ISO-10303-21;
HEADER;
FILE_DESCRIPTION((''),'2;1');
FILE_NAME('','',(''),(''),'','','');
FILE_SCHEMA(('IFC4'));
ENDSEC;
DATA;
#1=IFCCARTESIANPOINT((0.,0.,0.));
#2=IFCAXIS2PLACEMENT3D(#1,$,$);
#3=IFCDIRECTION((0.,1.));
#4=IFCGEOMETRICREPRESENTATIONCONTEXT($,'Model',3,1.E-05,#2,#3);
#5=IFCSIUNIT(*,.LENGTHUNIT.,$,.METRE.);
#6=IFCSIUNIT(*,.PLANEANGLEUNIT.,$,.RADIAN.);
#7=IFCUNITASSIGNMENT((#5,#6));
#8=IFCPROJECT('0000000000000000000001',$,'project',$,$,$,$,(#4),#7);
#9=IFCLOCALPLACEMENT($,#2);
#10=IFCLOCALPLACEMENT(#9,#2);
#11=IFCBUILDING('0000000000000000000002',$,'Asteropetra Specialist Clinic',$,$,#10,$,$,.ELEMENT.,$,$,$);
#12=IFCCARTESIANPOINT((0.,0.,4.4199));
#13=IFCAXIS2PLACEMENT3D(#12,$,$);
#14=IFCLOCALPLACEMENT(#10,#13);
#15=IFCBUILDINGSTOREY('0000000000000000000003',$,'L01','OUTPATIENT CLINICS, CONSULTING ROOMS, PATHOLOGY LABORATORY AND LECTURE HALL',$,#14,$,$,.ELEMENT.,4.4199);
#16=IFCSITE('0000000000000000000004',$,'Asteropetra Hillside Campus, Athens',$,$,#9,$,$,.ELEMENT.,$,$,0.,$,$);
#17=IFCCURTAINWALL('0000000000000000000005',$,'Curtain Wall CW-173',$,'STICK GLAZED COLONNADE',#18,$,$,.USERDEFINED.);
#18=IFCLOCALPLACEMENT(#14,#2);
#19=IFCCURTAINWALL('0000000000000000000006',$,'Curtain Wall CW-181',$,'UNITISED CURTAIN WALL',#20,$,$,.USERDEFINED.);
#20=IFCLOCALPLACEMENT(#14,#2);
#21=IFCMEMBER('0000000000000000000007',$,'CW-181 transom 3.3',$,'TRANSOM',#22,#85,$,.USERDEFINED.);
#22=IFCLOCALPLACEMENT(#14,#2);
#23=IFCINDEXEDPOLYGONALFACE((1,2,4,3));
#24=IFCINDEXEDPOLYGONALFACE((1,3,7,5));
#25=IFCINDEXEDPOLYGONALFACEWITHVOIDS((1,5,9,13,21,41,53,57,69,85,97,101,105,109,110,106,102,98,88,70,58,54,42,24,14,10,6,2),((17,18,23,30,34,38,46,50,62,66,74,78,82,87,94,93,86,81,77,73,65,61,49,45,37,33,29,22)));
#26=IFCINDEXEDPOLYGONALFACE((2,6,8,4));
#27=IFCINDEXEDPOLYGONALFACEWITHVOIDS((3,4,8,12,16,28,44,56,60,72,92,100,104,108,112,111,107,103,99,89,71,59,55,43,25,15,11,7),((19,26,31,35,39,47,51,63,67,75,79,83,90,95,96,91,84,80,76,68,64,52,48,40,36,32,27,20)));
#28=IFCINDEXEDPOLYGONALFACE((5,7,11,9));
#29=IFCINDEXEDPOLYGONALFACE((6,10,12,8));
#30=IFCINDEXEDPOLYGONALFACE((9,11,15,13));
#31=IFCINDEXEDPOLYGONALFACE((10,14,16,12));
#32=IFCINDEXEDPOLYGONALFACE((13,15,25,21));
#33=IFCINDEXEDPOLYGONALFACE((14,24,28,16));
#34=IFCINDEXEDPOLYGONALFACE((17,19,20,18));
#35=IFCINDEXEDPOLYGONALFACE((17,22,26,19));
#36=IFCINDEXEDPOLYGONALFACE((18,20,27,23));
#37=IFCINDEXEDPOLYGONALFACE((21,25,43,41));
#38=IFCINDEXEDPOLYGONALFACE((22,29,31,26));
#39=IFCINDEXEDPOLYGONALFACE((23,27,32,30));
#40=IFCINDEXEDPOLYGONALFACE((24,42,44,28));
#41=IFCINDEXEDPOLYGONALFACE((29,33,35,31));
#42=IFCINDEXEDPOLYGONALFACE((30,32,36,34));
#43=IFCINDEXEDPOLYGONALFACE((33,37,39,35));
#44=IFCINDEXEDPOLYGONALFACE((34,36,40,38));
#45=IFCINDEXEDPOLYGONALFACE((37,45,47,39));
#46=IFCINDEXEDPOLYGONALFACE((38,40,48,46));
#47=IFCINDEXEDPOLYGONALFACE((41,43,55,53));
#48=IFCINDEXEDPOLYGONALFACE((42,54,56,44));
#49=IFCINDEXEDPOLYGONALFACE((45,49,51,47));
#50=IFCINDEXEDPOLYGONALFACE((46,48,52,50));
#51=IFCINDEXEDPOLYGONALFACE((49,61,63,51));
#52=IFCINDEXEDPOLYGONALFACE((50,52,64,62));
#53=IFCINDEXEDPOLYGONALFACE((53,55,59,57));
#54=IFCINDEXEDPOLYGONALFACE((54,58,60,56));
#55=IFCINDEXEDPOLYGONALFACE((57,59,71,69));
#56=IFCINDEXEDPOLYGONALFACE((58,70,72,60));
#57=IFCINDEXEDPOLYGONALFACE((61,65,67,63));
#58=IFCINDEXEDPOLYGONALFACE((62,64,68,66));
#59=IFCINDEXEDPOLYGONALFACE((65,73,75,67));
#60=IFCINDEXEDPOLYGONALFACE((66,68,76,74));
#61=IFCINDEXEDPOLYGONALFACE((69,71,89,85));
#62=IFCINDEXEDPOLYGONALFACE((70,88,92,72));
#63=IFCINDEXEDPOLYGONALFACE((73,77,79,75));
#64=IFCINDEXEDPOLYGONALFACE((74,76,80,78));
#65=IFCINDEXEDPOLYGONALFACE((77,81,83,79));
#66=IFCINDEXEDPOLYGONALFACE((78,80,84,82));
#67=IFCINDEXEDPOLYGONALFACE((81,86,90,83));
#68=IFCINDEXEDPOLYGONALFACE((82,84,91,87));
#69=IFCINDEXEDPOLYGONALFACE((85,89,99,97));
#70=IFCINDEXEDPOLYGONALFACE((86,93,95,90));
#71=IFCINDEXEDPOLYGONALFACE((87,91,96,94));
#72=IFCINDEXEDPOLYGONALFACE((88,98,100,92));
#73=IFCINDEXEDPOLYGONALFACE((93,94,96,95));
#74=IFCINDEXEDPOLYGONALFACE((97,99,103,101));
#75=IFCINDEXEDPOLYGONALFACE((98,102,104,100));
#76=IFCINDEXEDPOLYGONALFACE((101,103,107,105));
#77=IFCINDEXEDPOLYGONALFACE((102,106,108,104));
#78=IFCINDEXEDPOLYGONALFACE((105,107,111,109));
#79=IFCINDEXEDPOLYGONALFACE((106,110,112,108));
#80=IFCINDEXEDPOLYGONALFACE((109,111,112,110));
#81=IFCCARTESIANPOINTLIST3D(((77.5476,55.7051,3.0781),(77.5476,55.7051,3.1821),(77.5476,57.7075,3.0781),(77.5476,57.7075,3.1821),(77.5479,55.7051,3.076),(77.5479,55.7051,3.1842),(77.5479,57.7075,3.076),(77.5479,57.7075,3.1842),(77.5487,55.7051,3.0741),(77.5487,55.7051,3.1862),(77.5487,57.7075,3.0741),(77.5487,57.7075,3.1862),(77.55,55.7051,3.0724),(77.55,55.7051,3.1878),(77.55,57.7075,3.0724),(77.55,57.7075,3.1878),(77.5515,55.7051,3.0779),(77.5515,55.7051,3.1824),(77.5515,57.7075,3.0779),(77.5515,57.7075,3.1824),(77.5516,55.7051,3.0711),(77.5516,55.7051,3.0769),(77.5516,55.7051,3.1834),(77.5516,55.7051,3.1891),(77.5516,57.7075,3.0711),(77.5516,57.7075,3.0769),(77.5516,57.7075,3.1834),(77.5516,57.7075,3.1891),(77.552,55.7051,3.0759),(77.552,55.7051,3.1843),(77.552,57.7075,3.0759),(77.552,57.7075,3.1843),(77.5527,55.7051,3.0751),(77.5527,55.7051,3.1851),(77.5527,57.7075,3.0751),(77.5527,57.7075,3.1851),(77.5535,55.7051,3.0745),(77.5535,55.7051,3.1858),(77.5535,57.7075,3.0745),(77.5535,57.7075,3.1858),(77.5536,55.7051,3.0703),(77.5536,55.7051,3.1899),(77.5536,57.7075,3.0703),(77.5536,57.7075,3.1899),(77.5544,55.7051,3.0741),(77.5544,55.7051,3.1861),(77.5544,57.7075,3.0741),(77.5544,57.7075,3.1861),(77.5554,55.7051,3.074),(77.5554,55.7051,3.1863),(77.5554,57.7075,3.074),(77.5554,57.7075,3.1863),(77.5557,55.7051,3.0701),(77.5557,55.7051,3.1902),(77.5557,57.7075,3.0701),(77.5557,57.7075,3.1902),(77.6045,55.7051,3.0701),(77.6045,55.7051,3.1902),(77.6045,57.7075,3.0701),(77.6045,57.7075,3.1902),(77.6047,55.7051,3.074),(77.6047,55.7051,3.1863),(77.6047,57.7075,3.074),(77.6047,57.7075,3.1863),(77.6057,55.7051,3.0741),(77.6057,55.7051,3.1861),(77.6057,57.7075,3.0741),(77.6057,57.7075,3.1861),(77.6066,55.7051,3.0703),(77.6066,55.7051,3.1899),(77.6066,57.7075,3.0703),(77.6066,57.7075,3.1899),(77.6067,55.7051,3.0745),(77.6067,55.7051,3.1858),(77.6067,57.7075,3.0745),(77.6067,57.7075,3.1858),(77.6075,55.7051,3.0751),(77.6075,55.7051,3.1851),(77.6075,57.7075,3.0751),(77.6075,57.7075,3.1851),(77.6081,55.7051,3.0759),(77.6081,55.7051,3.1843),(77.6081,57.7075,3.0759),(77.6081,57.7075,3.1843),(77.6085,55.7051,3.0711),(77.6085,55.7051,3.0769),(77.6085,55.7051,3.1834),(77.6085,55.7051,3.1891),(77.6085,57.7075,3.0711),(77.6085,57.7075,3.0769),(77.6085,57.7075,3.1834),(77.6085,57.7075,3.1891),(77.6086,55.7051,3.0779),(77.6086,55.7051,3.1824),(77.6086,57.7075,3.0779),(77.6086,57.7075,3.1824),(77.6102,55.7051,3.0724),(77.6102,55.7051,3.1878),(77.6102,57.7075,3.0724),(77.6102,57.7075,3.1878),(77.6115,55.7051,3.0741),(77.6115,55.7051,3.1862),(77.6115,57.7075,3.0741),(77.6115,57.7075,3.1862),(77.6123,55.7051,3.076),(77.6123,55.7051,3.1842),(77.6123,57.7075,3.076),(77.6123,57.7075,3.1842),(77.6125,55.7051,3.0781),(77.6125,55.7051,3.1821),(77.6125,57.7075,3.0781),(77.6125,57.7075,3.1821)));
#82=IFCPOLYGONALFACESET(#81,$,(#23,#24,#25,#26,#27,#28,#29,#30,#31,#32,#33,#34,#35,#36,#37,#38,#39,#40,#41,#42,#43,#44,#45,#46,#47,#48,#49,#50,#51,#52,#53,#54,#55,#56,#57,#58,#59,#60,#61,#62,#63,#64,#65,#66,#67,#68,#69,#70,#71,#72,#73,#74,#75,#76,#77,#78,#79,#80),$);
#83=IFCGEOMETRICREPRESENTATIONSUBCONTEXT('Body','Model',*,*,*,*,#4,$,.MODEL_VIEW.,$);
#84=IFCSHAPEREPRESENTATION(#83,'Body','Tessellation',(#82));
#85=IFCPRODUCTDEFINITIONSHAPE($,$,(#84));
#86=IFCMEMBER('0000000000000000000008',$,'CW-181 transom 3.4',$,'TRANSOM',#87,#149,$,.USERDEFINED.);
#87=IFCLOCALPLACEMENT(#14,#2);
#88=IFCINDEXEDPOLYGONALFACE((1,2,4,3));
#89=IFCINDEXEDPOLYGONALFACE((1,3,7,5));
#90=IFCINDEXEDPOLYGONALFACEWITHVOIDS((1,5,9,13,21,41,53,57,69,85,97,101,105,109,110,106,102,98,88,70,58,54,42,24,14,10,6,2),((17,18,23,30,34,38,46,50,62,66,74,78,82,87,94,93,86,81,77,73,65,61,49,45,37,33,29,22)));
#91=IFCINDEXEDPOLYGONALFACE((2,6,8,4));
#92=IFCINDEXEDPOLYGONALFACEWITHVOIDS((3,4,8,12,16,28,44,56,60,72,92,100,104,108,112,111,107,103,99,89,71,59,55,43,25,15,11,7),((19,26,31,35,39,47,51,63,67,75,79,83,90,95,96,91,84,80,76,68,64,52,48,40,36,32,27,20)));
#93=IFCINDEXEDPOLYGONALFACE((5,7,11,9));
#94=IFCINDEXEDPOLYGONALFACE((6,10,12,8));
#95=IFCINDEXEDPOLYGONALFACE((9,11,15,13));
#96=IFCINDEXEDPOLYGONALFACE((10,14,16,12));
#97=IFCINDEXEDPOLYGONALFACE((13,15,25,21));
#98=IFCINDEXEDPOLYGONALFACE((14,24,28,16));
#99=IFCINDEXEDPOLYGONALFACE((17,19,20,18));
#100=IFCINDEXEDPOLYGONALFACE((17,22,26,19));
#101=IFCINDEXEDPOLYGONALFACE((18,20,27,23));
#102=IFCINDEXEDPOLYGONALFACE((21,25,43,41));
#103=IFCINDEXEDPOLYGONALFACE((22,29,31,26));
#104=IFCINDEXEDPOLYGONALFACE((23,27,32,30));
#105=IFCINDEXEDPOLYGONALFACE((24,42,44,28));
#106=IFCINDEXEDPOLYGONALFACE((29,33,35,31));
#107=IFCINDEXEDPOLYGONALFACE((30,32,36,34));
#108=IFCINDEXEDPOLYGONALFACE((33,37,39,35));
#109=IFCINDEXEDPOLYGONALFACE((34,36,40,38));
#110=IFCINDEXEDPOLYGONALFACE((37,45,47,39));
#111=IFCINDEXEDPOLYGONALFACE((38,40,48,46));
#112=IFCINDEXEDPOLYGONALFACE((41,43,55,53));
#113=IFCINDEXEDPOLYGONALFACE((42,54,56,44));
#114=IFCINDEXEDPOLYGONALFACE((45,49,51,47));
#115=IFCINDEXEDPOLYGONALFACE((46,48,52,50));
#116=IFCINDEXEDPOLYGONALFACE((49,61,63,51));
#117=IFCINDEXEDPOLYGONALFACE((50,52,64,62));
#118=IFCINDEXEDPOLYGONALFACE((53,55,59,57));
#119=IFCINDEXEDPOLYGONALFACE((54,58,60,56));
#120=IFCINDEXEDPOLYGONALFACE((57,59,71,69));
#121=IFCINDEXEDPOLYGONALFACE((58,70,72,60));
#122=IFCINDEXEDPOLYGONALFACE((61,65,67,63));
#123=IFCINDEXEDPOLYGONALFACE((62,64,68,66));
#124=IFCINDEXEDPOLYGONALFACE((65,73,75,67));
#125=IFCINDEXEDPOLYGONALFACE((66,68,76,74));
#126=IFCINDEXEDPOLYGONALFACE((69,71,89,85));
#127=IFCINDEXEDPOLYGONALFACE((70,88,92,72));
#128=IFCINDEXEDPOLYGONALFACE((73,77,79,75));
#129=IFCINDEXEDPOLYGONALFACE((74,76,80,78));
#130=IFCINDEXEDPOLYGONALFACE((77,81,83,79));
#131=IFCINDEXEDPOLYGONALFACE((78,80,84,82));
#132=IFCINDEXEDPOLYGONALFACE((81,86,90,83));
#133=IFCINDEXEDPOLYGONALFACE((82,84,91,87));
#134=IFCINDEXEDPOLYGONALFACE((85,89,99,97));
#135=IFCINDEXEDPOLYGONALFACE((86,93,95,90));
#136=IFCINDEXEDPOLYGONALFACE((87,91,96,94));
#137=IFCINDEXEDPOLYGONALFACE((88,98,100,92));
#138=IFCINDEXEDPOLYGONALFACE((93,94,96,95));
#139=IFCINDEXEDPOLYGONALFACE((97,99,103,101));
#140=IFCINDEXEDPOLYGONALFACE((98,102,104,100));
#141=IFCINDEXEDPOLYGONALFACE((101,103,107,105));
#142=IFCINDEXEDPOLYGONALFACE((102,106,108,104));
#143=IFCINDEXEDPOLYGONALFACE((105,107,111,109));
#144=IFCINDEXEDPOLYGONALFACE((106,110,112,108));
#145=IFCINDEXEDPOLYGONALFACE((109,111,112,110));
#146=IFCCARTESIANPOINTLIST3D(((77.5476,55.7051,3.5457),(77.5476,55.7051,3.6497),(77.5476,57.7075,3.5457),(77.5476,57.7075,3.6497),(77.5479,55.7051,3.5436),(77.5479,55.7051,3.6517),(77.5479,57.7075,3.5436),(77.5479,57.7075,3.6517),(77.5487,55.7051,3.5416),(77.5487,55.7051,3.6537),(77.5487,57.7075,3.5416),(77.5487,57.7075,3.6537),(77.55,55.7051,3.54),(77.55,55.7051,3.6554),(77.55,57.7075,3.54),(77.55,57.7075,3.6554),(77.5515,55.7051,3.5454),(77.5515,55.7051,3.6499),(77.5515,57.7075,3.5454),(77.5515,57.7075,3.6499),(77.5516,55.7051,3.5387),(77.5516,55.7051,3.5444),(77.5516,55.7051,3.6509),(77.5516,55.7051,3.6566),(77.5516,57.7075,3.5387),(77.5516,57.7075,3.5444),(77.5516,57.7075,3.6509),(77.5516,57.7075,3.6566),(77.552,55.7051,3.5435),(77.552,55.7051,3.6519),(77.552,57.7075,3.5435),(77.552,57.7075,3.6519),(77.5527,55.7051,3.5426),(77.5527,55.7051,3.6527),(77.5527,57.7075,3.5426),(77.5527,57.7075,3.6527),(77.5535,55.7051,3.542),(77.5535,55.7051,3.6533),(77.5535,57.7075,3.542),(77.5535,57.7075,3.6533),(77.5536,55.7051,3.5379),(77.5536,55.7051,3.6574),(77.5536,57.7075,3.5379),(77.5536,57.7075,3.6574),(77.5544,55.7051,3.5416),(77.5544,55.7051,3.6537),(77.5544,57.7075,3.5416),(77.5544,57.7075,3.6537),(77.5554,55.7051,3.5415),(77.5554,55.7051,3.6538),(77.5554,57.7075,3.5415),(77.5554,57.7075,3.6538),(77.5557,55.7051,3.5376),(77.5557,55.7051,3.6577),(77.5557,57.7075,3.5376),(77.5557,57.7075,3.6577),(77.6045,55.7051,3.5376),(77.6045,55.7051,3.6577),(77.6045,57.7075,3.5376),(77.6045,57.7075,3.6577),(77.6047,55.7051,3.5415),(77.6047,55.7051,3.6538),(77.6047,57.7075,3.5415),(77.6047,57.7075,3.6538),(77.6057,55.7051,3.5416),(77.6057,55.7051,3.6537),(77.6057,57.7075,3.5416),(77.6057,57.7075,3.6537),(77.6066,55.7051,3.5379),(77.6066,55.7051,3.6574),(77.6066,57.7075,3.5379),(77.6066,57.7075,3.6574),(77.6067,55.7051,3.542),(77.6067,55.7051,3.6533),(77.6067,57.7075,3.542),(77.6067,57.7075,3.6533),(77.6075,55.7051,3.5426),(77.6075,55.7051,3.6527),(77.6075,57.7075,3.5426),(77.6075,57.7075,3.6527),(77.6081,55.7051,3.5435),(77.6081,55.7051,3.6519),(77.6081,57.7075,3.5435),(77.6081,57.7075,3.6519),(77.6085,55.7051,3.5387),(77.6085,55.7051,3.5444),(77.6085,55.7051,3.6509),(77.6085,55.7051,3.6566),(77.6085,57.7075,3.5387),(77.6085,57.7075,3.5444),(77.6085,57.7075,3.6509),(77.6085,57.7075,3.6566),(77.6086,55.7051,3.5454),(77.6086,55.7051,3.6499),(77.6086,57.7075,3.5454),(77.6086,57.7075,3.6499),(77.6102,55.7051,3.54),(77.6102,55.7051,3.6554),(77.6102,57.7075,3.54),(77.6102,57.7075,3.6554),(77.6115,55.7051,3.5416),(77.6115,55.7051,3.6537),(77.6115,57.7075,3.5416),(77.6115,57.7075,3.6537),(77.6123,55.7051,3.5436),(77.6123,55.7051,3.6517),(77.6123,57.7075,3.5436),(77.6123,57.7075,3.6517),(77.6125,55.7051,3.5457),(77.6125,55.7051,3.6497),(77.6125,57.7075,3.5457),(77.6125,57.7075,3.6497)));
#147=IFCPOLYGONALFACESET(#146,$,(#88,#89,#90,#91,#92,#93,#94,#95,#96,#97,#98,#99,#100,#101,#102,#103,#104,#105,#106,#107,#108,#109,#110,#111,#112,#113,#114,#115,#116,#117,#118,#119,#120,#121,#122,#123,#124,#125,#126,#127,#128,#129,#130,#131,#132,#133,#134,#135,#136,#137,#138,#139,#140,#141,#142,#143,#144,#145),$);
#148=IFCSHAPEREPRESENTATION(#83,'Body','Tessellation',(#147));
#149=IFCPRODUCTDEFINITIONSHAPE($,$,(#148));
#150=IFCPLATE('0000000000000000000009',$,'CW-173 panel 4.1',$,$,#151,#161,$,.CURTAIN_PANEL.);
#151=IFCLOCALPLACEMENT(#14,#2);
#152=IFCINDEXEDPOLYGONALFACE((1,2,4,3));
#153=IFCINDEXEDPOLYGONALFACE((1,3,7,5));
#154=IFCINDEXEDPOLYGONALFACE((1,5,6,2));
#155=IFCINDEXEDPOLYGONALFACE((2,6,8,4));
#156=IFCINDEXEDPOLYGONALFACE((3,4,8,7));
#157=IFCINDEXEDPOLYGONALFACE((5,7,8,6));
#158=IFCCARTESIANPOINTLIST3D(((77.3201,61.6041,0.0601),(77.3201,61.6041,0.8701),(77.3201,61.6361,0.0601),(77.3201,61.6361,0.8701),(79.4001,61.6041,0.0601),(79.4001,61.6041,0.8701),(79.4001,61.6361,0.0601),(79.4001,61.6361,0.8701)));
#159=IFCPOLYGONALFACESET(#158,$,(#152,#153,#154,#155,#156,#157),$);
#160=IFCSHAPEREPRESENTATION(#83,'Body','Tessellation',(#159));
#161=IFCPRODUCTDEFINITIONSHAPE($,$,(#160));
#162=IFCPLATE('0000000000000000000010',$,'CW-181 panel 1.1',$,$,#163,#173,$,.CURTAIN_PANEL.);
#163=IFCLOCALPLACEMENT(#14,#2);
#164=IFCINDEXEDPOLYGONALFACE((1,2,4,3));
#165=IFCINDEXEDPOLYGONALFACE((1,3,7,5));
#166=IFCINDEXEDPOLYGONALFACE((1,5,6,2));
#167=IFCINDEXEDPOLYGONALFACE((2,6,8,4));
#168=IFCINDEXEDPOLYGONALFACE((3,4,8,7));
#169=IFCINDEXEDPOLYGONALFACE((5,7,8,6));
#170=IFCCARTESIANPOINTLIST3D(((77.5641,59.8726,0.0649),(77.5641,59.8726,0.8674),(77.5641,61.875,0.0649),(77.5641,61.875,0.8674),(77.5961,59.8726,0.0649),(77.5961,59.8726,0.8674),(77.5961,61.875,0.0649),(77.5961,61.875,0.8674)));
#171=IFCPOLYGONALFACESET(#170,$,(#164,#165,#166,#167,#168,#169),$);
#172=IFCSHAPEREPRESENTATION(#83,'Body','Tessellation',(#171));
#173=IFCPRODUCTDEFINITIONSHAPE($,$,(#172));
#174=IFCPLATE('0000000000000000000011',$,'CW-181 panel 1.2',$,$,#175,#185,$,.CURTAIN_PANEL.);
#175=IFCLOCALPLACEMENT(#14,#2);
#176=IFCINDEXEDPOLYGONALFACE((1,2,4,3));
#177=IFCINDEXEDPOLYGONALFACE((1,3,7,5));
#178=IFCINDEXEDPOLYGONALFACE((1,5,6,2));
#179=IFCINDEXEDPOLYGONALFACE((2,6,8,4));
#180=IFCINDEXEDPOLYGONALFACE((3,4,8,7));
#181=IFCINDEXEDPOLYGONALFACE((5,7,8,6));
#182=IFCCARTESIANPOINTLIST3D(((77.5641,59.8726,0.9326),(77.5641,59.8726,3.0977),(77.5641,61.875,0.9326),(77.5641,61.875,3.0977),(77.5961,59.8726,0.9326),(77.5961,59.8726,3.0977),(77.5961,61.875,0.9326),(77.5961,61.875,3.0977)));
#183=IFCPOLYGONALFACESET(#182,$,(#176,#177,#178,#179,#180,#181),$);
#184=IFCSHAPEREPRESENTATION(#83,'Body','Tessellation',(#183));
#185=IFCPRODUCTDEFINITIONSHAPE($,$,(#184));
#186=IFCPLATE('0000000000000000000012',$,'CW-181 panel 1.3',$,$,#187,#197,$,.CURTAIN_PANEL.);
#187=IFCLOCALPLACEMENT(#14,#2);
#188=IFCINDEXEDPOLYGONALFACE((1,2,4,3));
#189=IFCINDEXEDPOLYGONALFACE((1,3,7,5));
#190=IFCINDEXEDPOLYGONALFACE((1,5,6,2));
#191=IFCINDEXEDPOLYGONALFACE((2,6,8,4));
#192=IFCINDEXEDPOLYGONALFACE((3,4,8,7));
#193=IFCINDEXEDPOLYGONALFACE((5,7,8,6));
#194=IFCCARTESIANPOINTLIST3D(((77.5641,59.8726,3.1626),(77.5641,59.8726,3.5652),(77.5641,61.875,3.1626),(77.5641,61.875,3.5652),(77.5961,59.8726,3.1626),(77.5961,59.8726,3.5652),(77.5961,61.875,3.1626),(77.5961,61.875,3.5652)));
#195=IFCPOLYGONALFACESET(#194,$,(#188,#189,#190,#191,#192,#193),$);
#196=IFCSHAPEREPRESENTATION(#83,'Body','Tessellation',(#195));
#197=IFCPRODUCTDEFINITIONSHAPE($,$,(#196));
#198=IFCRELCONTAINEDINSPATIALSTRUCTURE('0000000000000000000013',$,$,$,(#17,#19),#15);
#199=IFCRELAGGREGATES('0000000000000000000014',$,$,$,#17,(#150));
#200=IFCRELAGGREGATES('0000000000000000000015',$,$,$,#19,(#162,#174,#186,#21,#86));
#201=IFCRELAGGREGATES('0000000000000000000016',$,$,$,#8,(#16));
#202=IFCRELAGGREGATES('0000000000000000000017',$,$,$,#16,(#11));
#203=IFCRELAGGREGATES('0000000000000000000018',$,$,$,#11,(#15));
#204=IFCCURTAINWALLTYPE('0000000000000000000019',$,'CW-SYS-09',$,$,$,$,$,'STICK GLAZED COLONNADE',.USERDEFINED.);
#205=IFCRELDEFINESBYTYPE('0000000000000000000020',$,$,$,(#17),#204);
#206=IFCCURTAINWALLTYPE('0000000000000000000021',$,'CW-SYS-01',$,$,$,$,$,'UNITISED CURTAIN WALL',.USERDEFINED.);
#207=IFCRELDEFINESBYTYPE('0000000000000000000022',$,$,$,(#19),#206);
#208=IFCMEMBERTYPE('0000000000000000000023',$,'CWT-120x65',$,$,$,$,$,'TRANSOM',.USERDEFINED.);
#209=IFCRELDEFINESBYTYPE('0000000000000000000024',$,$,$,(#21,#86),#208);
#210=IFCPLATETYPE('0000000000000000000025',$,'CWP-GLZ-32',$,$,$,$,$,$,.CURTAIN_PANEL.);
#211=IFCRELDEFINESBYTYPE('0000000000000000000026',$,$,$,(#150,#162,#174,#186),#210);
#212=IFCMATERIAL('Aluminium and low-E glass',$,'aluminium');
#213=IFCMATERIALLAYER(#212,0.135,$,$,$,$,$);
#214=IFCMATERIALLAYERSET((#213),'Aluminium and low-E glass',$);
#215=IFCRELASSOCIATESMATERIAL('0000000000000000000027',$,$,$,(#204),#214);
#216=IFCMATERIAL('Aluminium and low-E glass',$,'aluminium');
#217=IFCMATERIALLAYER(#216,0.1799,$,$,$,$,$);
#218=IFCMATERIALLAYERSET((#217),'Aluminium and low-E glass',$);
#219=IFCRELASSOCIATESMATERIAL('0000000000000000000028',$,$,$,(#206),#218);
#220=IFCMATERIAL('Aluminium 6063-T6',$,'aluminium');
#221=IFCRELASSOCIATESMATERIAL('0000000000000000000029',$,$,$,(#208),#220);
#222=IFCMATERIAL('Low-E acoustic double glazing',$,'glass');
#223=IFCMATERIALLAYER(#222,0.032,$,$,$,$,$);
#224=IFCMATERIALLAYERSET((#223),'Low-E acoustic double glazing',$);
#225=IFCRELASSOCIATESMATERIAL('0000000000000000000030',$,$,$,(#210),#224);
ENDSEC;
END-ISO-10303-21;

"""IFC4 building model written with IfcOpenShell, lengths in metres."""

from ifc_helpers import new_model, si_unit, direction, frame, origin, origin_2d, place, context, subcontext, project, spatial, rectangle, hollow_rectangle, extrude, material, layer, layer_set, material_profile, profile_set, type_object, element, aggregate, save


model = new_model("IFC4")

# Units and contexts
model_context = context("Model", 3, precision=1e-05, world=origin(), true_north=direction((0.0, 1.0)))
body_context = subcontext(model_context, "Body", "Model", "MODEL_VIEW")
ifc_project = project(units=[si_unit("LENGTHUNIT", "METRE"), si_unit("PLANEANGLEUNIT", "RADIAN")], contexts=[model_context])

# Site, building, storey
site_placement = place(None, origin())
site = spatial("IfcSite", under=ifc_project, at=site_placement, Name="Asteropetra Hillside Campus, Athens", CompositionType="ELEMENT", RefElevation=0.0)
building_placement = place(site_placement, origin())
building = spatial("IfcBuilding", under=site, at=building_placement, Name="Asteropetra Specialist Clinic", CompositionType="ELEMENT")
storey_placement = place(building_placement, frame((0.0, 0.0, 4.4199)))
storey = spatial("IfcBuildingStorey", under=building, at=storey_placement, Name="L01", Description="OUTPATIENT CLINICS, CONSULTING ROOMS, PATHOLOGY LABORATORY AND LECTURE HALL", CompositionType="ELEMENT", Elevation=4.4199)

# Curtain wall
ifc_material_1 = material(Name="Aluminium and low-E glass", Category="aluminium")
ifc_layer_1 = layer(ifc_material_1, 0.135)
ifc_layer_set_1 = layer_set([ifc_layer_1], Name="Aluminium and low-E glass")
curtain_wall_type_1 = type_object("IfcCurtainWallType", Name="CW-SYS-09", ElementType="STICK GLAZED COLONNADE", PredefinedType="USERDEFINED", material=ifc_layer_set_1)
curtain_wall_1_placement = place(storey_placement, origin())
curtain_wall_1 = element("IfcCurtainWall", 1, at=curtain_wall_1_placement, inside=storey, type_object=curtain_wall_type_1, Name="Curtain Wall CW-173", ObjectType="STICK GLAZED COLONNADE", PredefinedType="USERDEFINED")

# Curtain wall, members
ifc_material_2 = material(Name="Aluminium and low-E glass", Category="aluminium")
ifc_layer_2 = layer(ifc_material_2, 0.1799)
ifc_layer_set_2 = layer_set([ifc_layer_2], Name="Aluminium and low-E glass")
curtain_wall_type_2 = type_object("IfcCurtainWallType", Name="CW-SYS-01", ElementType="UNITISED CURTAIN WALL", PredefinedType="USERDEFINED", material=ifc_layer_set_2)
curtain_wall_2_placement = place(storey_placement, origin())
curtain_wall_2 = element("IfcCurtainWall", 2, at=curtain_wall_2_placement, inside=storey, type_object=curtain_wall_type_2, Name="Curtain Wall CW-181", ObjectType="UNITISED CURTAIN WALL", PredefinedType="USERDEFINED")
ifc_material_3 = material(Name="Aluminium 6063-T6", Category="aluminium")
ifc_material_profile_1 = material_profile(ifc_material_3, hollow_rectangle(XDim=0.0649, YDim=0.1201, WallThickness=0.0039, InnerFilletRadius=0.0039, OuterFilletRadius=0.0081, at=origin_2d()), Name="TRN 120x65x4.0")
ifc_profile_set_1 = profile_set([ifc_material_profile_1], Name="Aluminium 6063-T6")
member_type_1 = type_object("IfcMemberType", Name="CWT-120x65", ElementType="TRANSOM", PredefinedType="USERDEFINED", material=ifc_profile_set_1)
member_1_placement = place(storey_placement, frame((77.5801, 57.7075, 3.1301), z_axis=(0.0, -1.0, 0.0), x_axis=(1.0, 0.0, 0.0)))
member_1 = element("IfcMember", 3, at=member_1_placement, type_object=member_type_1, Name="CW-181 transom 3.3", ObjectType="TRANSOM", PredefinedType="USERDEFINED", context=body_context, shape_type="SweptSolid", body=[
    extrude(hollow_rectangle(XDim=0.0649, YDim=0.1201, WallThickness=0.0039, InnerFilletRadius=0.0039, OuterFilletRadius=0.0081, at=origin_2d()), origin(), (0.0, 0.0, 1.0), 2.0024),
])
member_2_placement = place(storey_placement, frame((77.5801, 57.7075, 3.5977), z_axis=(0.0, -1.0, 0.0), x_axis=(1.0, 0.0, 0.0)))
member_2 = element("IfcMember", 4, at=member_2_placement, type_object=member_type_1, Name="CW-181 transom 3.4", ObjectType="TRANSOM", PredefinedType="USERDEFINED", context=body_context, shape_type="SweptSolid", body=[
    extrude(hollow_rectangle(XDim=0.0649, YDim=0.1201, WallThickness=0.0039, InnerFilletRadius=0.0039, OuterFilletRadius=0.0081, at=origin_2d()), origin(), (0.0, 0.0, 1.0), 2.0024),
])

# Plates
ifc_material_4 = material(Name="Low-E acoustic double glazing", Category="glass")
ifc_layer_3 = layer(ifc_material_4, 0.032)
ifc_layer_set_3 = layer_set([ifc_layer_3], Name="Low-E acoustic double glazing")
plate_type = type_object("IfcPlateType", Name="CWP-GLZ-32", PredefinedType="CURTAIN_PANEL", material=ifc_layer_set_3)
plate_1_placement = place(storey_placement, frame((78.3601, 61.6201, 0.0601), z_axis=(0.0, 0.0, 1.0), x_axis=(-1.0, 0.0, 0.0)))
plate_1 = element("IfcPlate", 5, at=plate_1_placement, type_object=plate_type, Name="CW-173 panel 4.1", PredefinedType="CURTAIN_PANEL", context=body_context, shape_type="SweptSolid", body=[
    extrude(rectangle(XDim=2.0801, YDim=0.032, at=origin_2d()), origin(), (0.0, 0.0, 1.0), 0.8101),
])
aggregate(curtain_wall_1, [plate_1])
plate_2_placement = place(storey_placement, frame((77.5801, 60.8738, 0.0649), z_axis=(0.0, 0.0, 1.0), x_axis=(0.0, -1.0, 0.0)))
plate_2 = element("IfcPlate", 6, at=plate_2_placement, type_object=plate_type, Name="CW-181 panel 1.1", PredefinedType="CURTAIN_PANEL", context=body_context, shape_type="SweptSolid", body=[
    extrude(rectangle(XDim=2.0024, YDim=0.032, at=origin_2d()), origin(), (0.0, 0.0, 1.0), 0.8025),
])
plate_3_placement = place(storey_placement, frame((77.5801, 60.8738, 0.9326), z_axis=(0.0, 0.0, 1.0), x_axis=(0.0, -1.0, 0.0)))
plate_3 = element("IfcPlate", 7, at=plate_3_placement, type_object=plate_type, Name="CW-181 panel 1.2", PredefinedType="CURTAIN_PANEL", context=body_context, shape_type="SweptSolid", body=[
    extrude(rectangle(XDim=2.0024, YDim=0.032, at=origin_2d()), origin(), (0.0, 0.0, 1.0), 2.165),
])
plate_4_placement = place(storey_placement, frame((77.5801, 60.8738, 3.1626), z_axis=(0.0, 0.0, 1.0), x_axis=(0.0, -1.0, 0.0)))
plate_4 = element("IfcPlate", 8, at=plate_4_placement, type_object=plate_type, Name="CW-181 panel 1.3", PredefinedType="CURTAIN_PANEL", context=body_context, shape_type="SweptSolid", body=[
    extrude(rectangle(XDim=2.0024, YDim=0.032, at=origin_2d()), origin(), (0.0, 0.0, 1.0), 0.4026),
])
aggregate(curtain_wall_2, [plate_2, plate_3, plate_4, member_1, member_2])

save(model, "model.ifc")
